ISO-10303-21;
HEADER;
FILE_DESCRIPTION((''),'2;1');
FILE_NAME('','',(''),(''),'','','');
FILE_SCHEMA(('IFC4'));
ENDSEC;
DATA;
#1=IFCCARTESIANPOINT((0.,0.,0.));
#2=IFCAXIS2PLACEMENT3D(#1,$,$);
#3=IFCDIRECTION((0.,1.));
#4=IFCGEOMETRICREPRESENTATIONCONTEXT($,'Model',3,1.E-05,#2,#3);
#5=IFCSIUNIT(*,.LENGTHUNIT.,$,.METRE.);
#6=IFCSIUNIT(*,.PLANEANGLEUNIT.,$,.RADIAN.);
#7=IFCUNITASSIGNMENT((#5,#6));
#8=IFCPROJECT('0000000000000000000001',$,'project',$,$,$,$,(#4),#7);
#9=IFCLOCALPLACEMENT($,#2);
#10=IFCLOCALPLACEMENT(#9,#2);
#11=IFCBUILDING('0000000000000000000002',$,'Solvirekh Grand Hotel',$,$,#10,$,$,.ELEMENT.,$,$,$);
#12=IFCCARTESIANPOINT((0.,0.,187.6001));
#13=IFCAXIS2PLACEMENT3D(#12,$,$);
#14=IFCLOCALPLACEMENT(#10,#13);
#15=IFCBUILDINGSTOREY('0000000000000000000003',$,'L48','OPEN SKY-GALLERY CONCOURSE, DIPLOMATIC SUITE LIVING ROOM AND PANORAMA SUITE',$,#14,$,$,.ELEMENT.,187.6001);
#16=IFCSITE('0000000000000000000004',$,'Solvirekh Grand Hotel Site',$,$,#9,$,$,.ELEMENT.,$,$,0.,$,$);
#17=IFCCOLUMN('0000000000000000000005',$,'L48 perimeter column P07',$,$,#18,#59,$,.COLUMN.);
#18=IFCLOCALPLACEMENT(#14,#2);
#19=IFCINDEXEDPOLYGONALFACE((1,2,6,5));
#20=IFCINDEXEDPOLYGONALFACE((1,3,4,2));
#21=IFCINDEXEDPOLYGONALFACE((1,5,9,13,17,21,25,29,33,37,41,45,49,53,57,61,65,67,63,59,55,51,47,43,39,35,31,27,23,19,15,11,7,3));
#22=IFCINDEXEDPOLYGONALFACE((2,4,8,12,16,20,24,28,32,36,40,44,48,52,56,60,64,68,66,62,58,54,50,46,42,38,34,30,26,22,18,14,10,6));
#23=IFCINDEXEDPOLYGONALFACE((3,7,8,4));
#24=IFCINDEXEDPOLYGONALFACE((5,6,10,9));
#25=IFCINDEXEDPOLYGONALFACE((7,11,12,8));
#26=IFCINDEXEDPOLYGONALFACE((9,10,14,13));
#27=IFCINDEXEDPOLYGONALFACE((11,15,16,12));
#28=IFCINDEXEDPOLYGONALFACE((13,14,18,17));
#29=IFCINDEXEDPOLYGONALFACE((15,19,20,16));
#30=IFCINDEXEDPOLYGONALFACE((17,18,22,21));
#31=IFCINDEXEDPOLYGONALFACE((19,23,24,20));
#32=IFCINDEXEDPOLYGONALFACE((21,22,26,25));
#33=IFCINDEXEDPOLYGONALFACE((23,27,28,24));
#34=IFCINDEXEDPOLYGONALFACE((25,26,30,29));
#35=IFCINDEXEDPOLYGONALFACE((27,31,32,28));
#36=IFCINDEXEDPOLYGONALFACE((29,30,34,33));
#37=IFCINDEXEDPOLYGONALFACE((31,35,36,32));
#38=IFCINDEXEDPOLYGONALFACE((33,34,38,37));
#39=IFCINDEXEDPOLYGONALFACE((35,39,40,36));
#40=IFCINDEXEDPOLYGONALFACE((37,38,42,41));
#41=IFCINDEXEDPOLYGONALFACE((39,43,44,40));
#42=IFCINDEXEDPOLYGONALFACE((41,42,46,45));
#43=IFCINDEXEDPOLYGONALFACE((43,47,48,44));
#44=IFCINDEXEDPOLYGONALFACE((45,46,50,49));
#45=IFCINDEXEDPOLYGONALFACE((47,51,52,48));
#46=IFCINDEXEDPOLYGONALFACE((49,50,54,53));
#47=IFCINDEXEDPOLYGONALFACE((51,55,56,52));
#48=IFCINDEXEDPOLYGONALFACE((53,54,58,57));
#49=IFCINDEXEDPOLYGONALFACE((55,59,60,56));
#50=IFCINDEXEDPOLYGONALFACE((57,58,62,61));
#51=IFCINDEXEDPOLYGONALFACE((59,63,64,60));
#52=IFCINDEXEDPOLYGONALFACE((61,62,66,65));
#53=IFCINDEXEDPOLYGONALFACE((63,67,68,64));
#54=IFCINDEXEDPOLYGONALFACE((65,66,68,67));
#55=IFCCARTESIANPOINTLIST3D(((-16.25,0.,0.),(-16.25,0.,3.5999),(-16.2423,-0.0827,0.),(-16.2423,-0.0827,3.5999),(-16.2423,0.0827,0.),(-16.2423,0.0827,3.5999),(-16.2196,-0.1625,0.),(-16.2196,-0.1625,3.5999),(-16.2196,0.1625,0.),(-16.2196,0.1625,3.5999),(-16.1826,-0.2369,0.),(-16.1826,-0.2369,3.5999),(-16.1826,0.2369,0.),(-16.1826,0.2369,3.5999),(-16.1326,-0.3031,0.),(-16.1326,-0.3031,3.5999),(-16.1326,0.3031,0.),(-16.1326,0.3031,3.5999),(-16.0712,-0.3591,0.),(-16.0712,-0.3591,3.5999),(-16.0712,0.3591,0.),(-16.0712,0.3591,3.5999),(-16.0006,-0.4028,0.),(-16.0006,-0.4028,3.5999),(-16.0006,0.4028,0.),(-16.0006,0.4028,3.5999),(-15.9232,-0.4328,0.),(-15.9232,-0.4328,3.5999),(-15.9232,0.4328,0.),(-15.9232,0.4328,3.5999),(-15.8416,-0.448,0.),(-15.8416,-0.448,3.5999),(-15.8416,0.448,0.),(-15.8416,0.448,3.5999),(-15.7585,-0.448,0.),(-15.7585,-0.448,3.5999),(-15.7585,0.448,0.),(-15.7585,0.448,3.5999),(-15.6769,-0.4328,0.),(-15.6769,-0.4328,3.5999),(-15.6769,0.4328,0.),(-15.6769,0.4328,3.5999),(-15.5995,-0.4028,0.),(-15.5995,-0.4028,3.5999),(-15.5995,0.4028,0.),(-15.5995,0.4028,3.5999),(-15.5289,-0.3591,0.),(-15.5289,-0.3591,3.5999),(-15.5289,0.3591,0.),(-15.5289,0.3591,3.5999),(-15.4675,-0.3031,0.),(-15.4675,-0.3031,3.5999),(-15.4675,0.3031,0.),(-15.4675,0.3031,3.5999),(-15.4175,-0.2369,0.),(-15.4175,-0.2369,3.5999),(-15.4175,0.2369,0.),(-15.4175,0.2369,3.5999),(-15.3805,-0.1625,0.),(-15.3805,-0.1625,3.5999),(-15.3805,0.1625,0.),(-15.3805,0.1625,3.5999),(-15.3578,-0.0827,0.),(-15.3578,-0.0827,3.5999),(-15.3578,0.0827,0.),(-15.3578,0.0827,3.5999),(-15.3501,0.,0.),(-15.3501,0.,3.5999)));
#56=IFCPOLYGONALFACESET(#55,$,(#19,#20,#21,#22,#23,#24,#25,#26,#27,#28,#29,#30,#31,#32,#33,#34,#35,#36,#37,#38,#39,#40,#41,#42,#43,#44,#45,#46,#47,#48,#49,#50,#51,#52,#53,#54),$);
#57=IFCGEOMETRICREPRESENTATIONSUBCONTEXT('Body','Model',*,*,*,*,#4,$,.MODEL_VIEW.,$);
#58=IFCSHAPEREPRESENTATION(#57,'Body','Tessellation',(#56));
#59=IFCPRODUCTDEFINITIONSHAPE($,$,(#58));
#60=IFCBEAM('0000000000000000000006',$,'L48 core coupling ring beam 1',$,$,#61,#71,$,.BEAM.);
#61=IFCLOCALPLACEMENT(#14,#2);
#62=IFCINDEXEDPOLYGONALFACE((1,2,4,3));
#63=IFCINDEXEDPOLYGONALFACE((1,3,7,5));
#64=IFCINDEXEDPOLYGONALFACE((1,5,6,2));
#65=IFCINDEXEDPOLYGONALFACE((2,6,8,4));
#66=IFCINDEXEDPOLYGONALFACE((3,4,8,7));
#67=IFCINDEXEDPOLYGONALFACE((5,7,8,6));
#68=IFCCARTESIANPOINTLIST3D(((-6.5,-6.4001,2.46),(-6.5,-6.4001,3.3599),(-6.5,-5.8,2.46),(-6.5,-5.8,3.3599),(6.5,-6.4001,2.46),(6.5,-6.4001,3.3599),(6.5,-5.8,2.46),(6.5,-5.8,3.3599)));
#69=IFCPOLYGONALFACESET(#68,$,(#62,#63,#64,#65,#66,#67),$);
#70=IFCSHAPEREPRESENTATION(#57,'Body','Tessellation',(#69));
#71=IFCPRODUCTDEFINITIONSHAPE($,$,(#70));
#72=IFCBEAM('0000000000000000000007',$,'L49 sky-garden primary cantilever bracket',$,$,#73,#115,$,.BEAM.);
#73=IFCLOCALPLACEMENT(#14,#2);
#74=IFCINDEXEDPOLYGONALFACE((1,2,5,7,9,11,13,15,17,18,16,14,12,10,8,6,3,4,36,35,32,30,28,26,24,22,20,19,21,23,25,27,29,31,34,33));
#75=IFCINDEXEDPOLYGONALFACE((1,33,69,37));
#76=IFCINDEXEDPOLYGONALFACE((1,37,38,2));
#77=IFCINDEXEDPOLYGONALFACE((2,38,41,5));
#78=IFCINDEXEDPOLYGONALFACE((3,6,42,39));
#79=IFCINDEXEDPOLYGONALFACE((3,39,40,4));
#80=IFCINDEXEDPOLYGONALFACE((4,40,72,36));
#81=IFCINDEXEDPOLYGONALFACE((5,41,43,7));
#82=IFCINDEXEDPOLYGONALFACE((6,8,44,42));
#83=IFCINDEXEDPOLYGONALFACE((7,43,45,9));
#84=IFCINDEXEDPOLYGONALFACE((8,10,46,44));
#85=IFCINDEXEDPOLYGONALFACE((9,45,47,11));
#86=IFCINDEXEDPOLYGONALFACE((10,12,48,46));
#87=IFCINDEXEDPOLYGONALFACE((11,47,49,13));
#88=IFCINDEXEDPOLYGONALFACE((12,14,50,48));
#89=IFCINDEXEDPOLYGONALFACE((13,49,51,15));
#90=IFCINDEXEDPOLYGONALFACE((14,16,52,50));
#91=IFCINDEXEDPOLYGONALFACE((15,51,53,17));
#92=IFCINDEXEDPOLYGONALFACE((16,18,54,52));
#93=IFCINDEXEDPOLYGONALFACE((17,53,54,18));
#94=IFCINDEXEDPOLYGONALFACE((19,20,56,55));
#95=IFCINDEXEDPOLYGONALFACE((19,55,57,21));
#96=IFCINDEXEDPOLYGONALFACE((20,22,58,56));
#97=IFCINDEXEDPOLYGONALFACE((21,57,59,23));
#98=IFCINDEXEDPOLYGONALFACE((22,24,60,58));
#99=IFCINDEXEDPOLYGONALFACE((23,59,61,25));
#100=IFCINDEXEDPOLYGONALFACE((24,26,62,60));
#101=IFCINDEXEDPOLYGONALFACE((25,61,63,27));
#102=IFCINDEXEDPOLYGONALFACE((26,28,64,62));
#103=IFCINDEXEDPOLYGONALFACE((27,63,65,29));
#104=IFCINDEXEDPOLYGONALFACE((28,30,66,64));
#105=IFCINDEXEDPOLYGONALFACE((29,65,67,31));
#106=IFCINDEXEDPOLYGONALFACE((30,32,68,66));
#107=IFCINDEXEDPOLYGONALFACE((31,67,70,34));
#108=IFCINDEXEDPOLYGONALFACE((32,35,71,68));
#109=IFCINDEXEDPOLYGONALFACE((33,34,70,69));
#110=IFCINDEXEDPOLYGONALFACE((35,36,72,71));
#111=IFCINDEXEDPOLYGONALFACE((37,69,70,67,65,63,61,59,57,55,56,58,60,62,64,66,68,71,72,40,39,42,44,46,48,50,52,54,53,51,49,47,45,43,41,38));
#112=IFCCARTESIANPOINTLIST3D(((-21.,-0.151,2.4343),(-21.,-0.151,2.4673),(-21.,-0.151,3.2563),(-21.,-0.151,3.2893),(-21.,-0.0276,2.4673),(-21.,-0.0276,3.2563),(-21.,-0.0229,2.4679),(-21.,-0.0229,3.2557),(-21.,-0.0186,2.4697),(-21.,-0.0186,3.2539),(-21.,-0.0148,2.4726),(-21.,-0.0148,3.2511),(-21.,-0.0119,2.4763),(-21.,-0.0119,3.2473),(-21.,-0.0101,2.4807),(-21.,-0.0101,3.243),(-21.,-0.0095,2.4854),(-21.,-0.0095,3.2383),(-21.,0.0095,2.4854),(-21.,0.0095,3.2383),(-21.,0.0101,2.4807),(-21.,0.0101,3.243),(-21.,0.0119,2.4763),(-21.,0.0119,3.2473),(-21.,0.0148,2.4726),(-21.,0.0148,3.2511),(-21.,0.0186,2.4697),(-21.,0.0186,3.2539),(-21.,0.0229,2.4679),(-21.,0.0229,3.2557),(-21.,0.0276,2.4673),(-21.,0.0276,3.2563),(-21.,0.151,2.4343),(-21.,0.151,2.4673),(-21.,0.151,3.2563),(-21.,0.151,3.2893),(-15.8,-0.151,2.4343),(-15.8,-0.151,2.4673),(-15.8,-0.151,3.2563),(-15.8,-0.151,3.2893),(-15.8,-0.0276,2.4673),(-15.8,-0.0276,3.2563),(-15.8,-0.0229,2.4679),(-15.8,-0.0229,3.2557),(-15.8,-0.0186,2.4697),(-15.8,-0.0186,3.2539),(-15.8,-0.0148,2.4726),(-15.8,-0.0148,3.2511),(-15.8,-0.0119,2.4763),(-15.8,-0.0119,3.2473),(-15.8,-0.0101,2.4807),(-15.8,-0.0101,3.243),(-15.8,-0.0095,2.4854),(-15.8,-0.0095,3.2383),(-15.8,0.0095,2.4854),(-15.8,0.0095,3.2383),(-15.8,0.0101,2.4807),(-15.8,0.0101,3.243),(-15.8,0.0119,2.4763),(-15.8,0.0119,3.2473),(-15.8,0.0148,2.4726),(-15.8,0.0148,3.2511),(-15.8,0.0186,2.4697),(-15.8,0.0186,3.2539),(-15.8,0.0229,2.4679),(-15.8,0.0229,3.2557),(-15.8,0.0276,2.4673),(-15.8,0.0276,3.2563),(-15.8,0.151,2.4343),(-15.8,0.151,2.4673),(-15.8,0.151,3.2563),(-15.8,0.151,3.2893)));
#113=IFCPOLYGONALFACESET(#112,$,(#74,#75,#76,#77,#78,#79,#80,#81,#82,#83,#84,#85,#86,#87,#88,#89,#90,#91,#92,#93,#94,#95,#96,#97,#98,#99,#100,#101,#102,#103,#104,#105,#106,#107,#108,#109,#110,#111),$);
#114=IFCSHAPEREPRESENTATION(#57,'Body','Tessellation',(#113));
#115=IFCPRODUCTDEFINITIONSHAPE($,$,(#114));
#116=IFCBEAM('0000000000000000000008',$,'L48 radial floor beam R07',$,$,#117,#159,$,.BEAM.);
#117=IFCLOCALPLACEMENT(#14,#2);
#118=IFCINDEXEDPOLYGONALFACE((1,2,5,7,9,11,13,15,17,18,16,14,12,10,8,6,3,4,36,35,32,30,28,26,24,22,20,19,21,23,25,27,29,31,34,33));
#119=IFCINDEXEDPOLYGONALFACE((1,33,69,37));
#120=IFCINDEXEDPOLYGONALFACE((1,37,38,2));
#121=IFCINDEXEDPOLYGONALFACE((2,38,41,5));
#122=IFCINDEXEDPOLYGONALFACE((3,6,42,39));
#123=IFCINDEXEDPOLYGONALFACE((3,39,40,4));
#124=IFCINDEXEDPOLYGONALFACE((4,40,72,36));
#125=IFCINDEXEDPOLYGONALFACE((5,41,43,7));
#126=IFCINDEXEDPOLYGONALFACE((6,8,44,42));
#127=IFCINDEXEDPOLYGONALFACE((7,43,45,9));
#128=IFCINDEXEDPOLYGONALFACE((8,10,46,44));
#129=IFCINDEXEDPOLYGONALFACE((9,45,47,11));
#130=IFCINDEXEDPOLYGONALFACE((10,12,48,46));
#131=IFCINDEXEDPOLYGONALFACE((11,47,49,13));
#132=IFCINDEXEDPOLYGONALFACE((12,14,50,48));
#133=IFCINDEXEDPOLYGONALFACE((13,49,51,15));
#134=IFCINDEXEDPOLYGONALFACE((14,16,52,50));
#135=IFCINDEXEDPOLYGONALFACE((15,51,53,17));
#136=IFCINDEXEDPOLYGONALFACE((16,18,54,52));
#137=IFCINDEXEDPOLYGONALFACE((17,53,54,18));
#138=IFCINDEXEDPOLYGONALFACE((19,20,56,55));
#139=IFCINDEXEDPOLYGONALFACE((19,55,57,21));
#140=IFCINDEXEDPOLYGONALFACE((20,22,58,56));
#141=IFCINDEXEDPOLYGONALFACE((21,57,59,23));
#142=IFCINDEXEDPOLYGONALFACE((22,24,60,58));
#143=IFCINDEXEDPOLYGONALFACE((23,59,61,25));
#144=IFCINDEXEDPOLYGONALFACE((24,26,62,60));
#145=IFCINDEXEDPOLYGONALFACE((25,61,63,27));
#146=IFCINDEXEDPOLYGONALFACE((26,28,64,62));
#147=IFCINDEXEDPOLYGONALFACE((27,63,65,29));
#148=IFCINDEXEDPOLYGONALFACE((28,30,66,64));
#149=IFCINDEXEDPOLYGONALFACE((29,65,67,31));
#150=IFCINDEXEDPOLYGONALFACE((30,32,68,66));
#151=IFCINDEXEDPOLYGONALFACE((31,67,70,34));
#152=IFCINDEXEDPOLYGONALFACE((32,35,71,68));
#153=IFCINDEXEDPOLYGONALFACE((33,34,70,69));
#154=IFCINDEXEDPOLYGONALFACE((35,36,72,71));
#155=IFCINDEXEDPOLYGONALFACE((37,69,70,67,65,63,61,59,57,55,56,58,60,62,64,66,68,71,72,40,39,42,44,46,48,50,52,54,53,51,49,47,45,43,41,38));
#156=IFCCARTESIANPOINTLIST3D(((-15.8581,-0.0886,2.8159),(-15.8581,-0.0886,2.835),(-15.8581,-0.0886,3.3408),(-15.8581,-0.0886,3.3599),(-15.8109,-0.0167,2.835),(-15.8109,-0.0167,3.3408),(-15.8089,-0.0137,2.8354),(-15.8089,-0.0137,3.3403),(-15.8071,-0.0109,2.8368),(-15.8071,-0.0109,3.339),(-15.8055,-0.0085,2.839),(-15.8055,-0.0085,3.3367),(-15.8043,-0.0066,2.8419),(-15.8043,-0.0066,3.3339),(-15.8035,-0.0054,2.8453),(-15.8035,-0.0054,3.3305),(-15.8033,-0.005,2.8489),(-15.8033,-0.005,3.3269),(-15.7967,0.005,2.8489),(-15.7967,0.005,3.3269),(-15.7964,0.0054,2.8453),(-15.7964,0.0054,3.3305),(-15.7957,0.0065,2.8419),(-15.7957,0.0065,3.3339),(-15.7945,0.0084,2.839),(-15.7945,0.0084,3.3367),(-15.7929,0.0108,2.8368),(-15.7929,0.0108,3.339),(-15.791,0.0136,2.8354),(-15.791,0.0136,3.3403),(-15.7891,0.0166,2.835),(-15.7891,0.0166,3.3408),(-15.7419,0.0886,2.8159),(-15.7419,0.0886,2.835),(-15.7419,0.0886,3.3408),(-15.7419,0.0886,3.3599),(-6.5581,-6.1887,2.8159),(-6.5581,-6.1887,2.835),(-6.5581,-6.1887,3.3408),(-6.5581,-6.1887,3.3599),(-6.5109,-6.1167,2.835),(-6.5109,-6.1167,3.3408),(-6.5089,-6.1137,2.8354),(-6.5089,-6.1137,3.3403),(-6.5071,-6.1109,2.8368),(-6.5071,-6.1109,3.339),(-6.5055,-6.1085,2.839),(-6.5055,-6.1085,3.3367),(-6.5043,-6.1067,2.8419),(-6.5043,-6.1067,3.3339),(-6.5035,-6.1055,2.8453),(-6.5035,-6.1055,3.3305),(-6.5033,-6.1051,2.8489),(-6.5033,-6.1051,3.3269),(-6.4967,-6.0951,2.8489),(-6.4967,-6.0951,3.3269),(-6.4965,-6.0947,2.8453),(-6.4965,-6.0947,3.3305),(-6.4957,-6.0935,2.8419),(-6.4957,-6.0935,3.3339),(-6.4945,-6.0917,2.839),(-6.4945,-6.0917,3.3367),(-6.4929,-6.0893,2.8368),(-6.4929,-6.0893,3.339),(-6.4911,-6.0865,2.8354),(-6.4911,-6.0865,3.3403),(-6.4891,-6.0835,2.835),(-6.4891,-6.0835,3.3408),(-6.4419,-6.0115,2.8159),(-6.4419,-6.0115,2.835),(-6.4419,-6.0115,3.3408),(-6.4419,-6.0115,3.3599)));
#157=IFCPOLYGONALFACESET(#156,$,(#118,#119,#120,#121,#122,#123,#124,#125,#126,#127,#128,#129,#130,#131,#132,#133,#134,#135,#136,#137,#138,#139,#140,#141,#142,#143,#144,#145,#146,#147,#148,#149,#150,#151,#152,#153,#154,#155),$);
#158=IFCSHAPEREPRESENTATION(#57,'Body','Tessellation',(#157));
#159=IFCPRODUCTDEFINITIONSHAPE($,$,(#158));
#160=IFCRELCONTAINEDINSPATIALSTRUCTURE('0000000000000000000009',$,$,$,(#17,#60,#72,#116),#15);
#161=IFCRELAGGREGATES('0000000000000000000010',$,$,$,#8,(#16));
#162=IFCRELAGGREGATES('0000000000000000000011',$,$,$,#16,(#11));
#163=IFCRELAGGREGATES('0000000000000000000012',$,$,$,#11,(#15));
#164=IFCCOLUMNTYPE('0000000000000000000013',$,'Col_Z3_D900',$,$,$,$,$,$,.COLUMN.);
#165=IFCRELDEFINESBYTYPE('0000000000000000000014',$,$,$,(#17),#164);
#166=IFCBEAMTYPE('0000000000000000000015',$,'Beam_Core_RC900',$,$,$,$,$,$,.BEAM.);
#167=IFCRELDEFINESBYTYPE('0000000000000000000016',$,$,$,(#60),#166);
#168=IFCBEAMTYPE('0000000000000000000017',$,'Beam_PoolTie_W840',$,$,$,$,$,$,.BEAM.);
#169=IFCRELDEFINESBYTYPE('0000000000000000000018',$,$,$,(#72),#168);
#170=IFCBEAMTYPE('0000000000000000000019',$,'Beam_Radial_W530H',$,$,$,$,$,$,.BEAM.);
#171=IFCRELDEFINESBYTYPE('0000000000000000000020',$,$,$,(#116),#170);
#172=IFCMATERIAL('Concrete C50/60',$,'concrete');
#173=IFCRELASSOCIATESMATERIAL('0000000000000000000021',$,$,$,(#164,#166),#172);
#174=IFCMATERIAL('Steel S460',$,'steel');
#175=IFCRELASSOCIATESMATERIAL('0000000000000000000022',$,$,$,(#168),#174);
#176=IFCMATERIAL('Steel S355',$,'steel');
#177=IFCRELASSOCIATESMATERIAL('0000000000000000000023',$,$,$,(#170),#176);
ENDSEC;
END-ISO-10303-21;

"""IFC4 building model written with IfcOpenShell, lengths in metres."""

from ifc_helpers import new_model, si_unit, direction, frame, origin, origin_2d, place, context, subcontext, project, spatial, rectangle, circle, i_section, extrude, material, material_profile, profile_set, type_object, element, save


model = new_model("IFC4")

# Units and contexts
model_context = context("Model", 3, precision=1e-05, world=origin(), true_north=direction((0.0, 1.0)))
body_context = subcontext(model_context, "Body", "Model", "MODEL_VIEW")
ifc_project = project(units=[si_unit("LENGTHUNIT", "METRE"), si_unit("PLANEANGLEUNIT", "RADIAN")], contexts=[model_context])

# Site, building, storey
site_placement = place(None, origin())
site = spatial("IfcSite", under=ifc_project, at=site_placement, Name="Solvirekh Grand Hotel Site", CompositionType="ELEMENT", RefElevation=0.0)
building_placement = place(site_placement, origin())
building = spatial("IfcBuilding", under=site, at=building_placement, Name="Solvirekh Grand Hotel", CompositionType="ELEMENT")
storey_placement = place(building_placement, frame((0.0, 0.0, 187.6001)))
storey = spatial("IfcBuildingStorey", under=building, at=storey_placement, Name="L48", Description="OPEN SKY-GALLERY CONCOURSE, DIPLOMATIC SUITE LIVING ROOM AND PANORAMA SUITE", CompositionType="ELEMENT", Elevation=187.6001)

# Column
ifc_material_1 = material(Name="Concrete C50/60", Category="concrete")
ifc_material_profile_1 = material_profile(ifc_material_1, circle(Radius=0.45, at=origin_2d()), Name="RC CIRC D900")
ifc_profile_set_1 = profile_set([ifc_material_profile_1], Name="Concrete C50/60")
column_type = type_object("IfcColumnType", Name="Col_Z3_D900", PredefinedType="COLUMN", material=ifc_profile_set_1)
column_placement = place(storey_placement, frame((-15.8, 0.0, 0.0), z_axis=(0.0, 0.0, 1.0), x_axis=(1.0, 0.0, 0.0)))
element("IfcColumn", 1, at=column_placement, inside=storey, type_object=column_type, Name="L48 perimeter column P07", PredefinedType="COLUMN", context=body_context, shape_type="SweptSolid", body=[
    extrude(circle(Radius=0.45, at=origin_2d()), origin(), (0.0, 0.0, 1.0), 3.5999),
])

# Beams
ifc_material_profile_2 = material_profile(ifc_material_1, rectangle(XDim=0.6001, YDim=0.8999, at=origin_2d()), Name="RC BEAM 600X900")
ifc_profile_set_2 = profile_set([ifc_material_profile_2], Name="Concrete C50/60")
beam_type_1 = type_object("IfcBeamType", Name="Beam_Core_RC900", PredefinedType="BEAM", material=ifc_profile_set_2)
beam_1_placement = place(storey_placement, frame((-6.5, -6.1001, 2.9099), z_axis=(1.0, 0.0, 0.0), x_axis=(0.0, 1.0, 0.0)))
element("IfcBeam", 2, at=beam_1_placement, inside=storey, type_object=beam_type_1, Name="L48 core coupling ring beam 1", PredefinedType="BEAM", context=body_context, shape_type="SweptSolid", body=[
    extrude(rectangle(XDim=0.6001, YDim=0.8999, at=origin_2d()), origin(), (0.0, 0.0, 1.0), 13.0),
])
ifc_material_2 = material(Name="Steel S460", Category="steel")
ifc_material_profile_3 = material_profile(ifc_material_2, i_section(OverallWidth=0.302, OverallDepth=0.855, WebThickness=0.019, FlangeThickness=0.033, FilletRadius=0.0181, at=origin_2d()), Name="W840X299")
ifc_profile_set_3 = profile_set([ifc_material_profile_3], Name="Steel S460")
beam_type_2 = type_object("IfcBeamType", Name="Beam_PoolTie_W840", PredefinedType="BEAM", material=ifc_profile_set_3)
beam_2_placement = place(storey_placement, frame((-15.8, 0.0, 2.8618), z_axis=(-1.0, 0.0, 0.0), x_axis=(0.0, -1.0, 0.0)))
element("IfcBeam", 3, at=beam_2_placement, inside=storey, type_object=beam_type_2, Name="L49 sky-garden primary cantilever bracket", PredefinedType="BEAM", context=body_context, shape_type="SweptSolid", body=[
    extrude(i_section(OverallWidth=0.302, OverallDepth=0.855, WebThickness=0.019, FlangeThickness=0.033, FilletRadius=0.0181, at=origin_2d()), origin(), (0.0, 0.0, 1.0), 5.2),
])
ifc_material_3 = material(Name="Steel S355", Category="steel")
ifc_material_profile_4 = material_profile(ifc_material_3, i_section(OverallWidth=0.2119, OverallDepth=0.5439, WebThickness=0.012, FlangeThickness=0.019, FilletRadius=0.0139, at=origin_2d()), Name="W530X123")
ifc_profile_set_4 = profile_set([ifc_material_profile_4], Name="Steel S355")
beam_type_3 = type_object("IfcBeamType", Name="Beam_Radial_W530H", PredefinedType="BEAM", material=ifc_profile_set_4)
beam_3_placement = place(storey_placement, frame((-6.5, -6.1001, 3.0879), z_axis=(-0.836174, 0.548464, 0.0), x_axis=(-0.548464, -0.836174, 0.0)))
element("IfcBeam", 4, at=beam_3_placement, inside=storey, type_object=beam_type_3, Name="L48 radial floor beam R07", PredefinedType="BEAM", context=body_context, shape_type="SweptSolid", body=[
    extrude(i_section(OverallWidth=0.2119, OverallDepth=0.5439, WebThickness=0.012, FlangeThickness=0.019, FilletRadius=0.0139, at=origin_2d()), origin(), (0.0, 0.0, 1.0), 11.1221),
])

save(model, "model.ifc")
